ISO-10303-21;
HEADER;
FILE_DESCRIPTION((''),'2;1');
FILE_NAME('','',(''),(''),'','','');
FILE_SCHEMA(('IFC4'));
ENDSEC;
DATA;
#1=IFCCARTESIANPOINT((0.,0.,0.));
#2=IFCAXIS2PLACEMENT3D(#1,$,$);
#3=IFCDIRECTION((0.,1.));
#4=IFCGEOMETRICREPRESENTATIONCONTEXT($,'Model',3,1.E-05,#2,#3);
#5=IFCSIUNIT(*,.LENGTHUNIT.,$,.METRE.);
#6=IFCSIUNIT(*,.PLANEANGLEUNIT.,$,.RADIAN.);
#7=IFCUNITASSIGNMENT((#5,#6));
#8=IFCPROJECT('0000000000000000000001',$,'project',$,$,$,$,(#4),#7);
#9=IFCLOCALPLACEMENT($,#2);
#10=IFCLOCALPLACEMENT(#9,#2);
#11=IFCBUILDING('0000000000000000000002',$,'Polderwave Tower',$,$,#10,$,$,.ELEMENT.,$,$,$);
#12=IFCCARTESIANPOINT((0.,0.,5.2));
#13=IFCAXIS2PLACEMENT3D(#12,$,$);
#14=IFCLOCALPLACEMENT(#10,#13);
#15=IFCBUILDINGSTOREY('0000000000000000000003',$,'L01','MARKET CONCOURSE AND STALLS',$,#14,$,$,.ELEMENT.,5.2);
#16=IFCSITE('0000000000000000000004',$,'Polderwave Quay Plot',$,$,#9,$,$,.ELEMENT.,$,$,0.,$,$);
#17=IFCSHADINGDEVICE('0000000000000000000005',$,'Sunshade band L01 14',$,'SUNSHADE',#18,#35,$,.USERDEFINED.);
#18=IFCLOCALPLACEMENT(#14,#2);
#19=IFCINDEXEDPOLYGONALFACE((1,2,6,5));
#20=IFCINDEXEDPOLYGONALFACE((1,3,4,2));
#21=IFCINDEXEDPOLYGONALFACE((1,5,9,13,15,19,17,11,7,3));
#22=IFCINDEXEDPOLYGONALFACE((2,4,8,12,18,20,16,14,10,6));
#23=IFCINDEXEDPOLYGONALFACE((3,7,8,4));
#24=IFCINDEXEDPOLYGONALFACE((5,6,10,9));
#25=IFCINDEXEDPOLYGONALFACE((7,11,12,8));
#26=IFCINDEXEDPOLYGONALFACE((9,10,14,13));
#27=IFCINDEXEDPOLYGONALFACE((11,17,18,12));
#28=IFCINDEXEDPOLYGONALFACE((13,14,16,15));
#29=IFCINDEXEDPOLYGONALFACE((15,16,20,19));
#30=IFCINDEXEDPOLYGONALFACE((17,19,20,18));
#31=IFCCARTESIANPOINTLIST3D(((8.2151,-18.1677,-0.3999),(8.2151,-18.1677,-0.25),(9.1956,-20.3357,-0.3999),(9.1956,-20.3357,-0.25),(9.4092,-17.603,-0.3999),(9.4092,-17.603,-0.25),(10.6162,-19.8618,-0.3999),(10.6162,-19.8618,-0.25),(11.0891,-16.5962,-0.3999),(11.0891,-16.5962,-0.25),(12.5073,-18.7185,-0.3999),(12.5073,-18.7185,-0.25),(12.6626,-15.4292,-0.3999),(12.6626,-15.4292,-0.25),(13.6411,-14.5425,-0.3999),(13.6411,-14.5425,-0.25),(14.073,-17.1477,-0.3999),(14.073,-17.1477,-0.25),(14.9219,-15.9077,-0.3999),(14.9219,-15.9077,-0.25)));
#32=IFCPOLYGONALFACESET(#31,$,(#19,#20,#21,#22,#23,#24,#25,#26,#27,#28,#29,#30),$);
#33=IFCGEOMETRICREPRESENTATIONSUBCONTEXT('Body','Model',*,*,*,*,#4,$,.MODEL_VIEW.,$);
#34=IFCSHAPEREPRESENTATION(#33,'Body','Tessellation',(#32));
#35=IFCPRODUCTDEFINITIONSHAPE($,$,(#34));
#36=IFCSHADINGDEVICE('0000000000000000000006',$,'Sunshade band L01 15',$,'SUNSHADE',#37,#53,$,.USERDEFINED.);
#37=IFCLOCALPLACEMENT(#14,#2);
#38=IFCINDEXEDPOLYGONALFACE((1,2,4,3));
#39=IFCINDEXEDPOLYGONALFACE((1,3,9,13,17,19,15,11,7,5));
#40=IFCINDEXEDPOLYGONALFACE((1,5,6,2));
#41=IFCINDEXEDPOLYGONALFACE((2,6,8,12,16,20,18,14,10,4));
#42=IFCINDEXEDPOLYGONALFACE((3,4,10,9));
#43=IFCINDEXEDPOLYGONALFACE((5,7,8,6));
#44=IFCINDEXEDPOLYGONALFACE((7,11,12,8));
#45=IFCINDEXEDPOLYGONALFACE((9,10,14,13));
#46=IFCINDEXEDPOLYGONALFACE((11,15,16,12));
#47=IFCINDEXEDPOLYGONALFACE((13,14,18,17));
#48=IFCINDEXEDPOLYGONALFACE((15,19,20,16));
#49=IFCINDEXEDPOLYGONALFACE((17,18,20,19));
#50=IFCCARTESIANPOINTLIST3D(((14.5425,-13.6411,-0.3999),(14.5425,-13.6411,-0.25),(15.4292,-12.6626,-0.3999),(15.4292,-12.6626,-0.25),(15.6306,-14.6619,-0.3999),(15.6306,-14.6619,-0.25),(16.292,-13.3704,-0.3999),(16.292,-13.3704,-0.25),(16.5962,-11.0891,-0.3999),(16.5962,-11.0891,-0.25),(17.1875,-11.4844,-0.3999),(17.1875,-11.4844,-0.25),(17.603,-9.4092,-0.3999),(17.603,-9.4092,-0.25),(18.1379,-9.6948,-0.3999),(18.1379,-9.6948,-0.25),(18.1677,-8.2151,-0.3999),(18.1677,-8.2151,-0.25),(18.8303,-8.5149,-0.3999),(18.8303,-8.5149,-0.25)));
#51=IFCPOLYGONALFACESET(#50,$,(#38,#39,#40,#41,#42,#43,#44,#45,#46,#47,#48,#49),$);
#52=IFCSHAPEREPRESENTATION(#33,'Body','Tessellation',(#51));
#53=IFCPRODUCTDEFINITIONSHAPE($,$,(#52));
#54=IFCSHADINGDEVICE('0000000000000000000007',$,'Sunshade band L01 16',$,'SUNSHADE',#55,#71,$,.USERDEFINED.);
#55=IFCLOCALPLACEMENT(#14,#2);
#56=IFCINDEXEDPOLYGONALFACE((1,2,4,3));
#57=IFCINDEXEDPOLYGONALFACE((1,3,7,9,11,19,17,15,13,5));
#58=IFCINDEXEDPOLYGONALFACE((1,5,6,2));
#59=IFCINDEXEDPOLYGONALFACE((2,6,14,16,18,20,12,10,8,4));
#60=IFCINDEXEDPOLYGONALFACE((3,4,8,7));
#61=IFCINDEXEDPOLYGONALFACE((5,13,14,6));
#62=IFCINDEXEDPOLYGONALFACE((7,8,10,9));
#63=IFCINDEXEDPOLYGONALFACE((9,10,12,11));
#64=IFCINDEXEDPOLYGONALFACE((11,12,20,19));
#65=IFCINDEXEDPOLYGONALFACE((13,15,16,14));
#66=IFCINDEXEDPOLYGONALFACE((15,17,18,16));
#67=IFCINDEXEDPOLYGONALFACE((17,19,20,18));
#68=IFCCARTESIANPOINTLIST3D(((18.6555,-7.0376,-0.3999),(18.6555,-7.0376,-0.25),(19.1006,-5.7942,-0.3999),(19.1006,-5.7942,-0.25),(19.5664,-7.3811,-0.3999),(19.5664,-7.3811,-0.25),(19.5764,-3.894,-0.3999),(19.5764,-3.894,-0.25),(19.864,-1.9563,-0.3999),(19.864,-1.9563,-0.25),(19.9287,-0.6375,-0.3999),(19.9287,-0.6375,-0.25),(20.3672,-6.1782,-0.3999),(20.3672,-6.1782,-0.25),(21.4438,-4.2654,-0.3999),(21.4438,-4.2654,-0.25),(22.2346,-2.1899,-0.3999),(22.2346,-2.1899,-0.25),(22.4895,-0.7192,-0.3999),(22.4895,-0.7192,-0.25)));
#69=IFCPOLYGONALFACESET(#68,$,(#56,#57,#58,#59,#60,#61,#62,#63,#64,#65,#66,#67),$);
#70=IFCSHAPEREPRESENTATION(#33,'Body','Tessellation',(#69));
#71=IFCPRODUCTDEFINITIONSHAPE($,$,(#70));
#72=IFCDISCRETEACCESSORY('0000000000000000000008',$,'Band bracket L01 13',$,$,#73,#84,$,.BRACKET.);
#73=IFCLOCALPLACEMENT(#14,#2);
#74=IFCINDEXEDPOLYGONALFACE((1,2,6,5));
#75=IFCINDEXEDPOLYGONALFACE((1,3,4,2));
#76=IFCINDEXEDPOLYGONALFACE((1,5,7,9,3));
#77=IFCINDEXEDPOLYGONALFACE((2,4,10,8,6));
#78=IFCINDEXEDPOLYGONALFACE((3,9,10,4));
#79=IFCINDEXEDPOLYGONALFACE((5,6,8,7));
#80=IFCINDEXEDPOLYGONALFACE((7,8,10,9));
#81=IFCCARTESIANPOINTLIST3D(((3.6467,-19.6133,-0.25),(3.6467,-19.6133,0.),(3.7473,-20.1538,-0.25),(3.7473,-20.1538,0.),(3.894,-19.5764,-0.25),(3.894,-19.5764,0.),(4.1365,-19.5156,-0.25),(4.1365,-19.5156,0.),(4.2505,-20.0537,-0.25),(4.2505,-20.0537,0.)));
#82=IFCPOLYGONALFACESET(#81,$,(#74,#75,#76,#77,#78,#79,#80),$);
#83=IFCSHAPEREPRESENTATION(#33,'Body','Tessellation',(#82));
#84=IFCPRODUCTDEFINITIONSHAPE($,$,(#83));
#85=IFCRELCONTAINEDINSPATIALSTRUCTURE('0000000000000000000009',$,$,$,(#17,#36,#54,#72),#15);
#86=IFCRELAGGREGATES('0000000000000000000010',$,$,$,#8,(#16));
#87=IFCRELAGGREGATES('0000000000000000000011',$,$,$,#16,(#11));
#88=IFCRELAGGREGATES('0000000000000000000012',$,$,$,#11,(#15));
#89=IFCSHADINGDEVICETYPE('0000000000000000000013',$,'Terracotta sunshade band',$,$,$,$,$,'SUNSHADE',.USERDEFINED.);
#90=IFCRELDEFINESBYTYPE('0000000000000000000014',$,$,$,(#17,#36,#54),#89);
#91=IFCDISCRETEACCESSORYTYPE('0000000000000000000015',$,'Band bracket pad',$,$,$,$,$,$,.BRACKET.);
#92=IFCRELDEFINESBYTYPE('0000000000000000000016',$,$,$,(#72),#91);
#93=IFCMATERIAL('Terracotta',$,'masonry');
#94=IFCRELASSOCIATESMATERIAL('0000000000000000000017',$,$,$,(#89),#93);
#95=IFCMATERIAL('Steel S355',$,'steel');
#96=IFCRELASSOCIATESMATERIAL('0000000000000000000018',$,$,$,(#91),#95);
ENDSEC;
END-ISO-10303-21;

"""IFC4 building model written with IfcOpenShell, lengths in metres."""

from ifc_helpers import new_model, si_unit, direction, frame, origin, place, context, subcontext, project, spatial, polyline, outline, extrude, material, type_object, element, save


model = new_model("IFC4")

# Units and contexts
model_context = context("Model", 3, precision=1e-05, world=origin(), true_north=direction((0.0, 1.0)))
body_context = subcontext(model_context, "Body", "Model", "MODEL_VIEW")
ifc_project = project(units=[si_unit("LENGTHUNIT", "METRE"), si_unit("PLANEANGLEUNIT", "RADIAN")], contexts=[model_context])

# Site, building, storey
site_placement = place(None, origin())
site = spatial("IfcSite", under=ifc_project, at=site_placement, Name="Polderwave Quay Plot", CompositionType="ELEMENT", RefElevation=0.0)
building_placement = place(site_placement, origin())
building = spatial("IfcBuilding", under=site, at=building_placement, Name="Polderwave Tower", CompositionType="ELEMENT")
storey_placement = place(building_placement, frame((0.0, 0.0, 5.2)))
storey = spatial("IfcBuildingStorey", under=building, at=storey_placement, Name="L01", Description="MARKET CONCOURSE AND STALLS", CompositionType="ELEMENT", Elevation=5.2)

# Shading devices
ifc_material_1 = material(Name="Terracotta", Category="masonry")
shading_device_type = type_object("IfcShadingDeviceType", Name="Terracotta sunshade band", ElementType="SUNSHADE", PredefinedType="USERDEFINED", material=ifc_material_1)
shading_device_1_placement = place(storey_placement, frame((0.0, 0.0, -0.3999)))
element("IfcShadingDevice", 1, at=shading_device_1_placement, inside=storey, type_object=shading_device_type, Name="Sunshade band L01 14", ObjectType="SUNSHADE", PredefinedType="USERDEFINED", context=body_context, shape_type="SweptSolid", body=[
    extrude(outline(polyline([(8.2151, -18.1677), (9.4092, -17.603), (11.0891, -16.5962), (12.6626, -15.4292), (13.6411, -14.5425), (14.9219, -15.9077), (14.073, -17.1477), (12.5073, -18.7185), (10.6162, -19.8618), (9.1956, -20.3357), (8.2151, -18.1677)])), origin(), (0.0, 0.0, 1.0), 0.1499),
])
shading_device_2_placement = place(storey_placement, frame((0.0, 0.0, -0.3999)))
element("IfcShadingDevice", 2, at=shading_device_2_placement, inside=storey, type_object=shading_device_type, Name="Sunshade band L01 15", ObjectType="SUNSHADE", PredefinedType="USERDEFINED", context=body_context, shape_type="SweptSolid", body=[
    extrude(outline(polyline([(14.5425, -13.6411), (15.4292, -12.6626), (16.5962, -11.0891), (17.603, -9.4092), (18.1677, -8.2151), (18.8303, -8.5149), (18.1379, -9.6948), (17.1875, -11.4844), (16.292, -13.3704), (15.6306, -14.6619), (14.5425, -13.6411)])), origin(), (0.0, 0.0, 1.0), 0.1499),
])
shading_device_3_placement = place(storey_placement, frame((0.0, 0.0, -0.3999)))
element("IfcShadingDevice", 3, at=shading_device_3_placement, inside=storey, type_object=shading_device_type, Name="Sunshade band L01 16", ObjectType="SUNSHADE", PredefinedType="USERDEFINED", context=body_context, shape_type="SweptSolid", body=[
    extrude(outline(polyline([(18.6555, -7.0376), (19.1006, -5.7942), (19.5764, -3.894), (19.864, -1.9563), (19.9287, -0.6375), (22.4895, -0.7192), (22.2346, -2.1899), (21.4438, -4.2654), (20.3672, -6.1782), (19.5664, -7.3811), (18.6555, -7.0376)])), origin(), (0.0, 0.0, 1.0), 0.1499),
])

# Discrete accessory
ifc_material_2 = material(Name="Steel S355", Category="steel")
discrete_accessory_type = type_object("IfcDiscreteAccessoryType", Name="Band bracket pad", PredefinedType="BRACKET", material=ifc_material_2)
discrete_accessory_placement = place(storey_placement, frame((0.0, 0.0, -0.25)))
element("IfcDiscreteAccessory", 4, at=discrete_accessory_placement, inside=storey, type_object=discrete_accessory_type, Name="Band bracket L01 13", PredefinedType="BRACKET", context=body_context, shape_type="SweptSolid", body=[
    extrude(outline(polyline([(3.6467, -19.6133), (3.894, -19.5764), (4.1365, -19.5156), (4.2505, -20.0537), (3.7473, -20.1538), (3.6467, -19.6133)])), origin(), (0.0, 0.0, 1.0), 0.25),
])

save(model, "model.ifc")
